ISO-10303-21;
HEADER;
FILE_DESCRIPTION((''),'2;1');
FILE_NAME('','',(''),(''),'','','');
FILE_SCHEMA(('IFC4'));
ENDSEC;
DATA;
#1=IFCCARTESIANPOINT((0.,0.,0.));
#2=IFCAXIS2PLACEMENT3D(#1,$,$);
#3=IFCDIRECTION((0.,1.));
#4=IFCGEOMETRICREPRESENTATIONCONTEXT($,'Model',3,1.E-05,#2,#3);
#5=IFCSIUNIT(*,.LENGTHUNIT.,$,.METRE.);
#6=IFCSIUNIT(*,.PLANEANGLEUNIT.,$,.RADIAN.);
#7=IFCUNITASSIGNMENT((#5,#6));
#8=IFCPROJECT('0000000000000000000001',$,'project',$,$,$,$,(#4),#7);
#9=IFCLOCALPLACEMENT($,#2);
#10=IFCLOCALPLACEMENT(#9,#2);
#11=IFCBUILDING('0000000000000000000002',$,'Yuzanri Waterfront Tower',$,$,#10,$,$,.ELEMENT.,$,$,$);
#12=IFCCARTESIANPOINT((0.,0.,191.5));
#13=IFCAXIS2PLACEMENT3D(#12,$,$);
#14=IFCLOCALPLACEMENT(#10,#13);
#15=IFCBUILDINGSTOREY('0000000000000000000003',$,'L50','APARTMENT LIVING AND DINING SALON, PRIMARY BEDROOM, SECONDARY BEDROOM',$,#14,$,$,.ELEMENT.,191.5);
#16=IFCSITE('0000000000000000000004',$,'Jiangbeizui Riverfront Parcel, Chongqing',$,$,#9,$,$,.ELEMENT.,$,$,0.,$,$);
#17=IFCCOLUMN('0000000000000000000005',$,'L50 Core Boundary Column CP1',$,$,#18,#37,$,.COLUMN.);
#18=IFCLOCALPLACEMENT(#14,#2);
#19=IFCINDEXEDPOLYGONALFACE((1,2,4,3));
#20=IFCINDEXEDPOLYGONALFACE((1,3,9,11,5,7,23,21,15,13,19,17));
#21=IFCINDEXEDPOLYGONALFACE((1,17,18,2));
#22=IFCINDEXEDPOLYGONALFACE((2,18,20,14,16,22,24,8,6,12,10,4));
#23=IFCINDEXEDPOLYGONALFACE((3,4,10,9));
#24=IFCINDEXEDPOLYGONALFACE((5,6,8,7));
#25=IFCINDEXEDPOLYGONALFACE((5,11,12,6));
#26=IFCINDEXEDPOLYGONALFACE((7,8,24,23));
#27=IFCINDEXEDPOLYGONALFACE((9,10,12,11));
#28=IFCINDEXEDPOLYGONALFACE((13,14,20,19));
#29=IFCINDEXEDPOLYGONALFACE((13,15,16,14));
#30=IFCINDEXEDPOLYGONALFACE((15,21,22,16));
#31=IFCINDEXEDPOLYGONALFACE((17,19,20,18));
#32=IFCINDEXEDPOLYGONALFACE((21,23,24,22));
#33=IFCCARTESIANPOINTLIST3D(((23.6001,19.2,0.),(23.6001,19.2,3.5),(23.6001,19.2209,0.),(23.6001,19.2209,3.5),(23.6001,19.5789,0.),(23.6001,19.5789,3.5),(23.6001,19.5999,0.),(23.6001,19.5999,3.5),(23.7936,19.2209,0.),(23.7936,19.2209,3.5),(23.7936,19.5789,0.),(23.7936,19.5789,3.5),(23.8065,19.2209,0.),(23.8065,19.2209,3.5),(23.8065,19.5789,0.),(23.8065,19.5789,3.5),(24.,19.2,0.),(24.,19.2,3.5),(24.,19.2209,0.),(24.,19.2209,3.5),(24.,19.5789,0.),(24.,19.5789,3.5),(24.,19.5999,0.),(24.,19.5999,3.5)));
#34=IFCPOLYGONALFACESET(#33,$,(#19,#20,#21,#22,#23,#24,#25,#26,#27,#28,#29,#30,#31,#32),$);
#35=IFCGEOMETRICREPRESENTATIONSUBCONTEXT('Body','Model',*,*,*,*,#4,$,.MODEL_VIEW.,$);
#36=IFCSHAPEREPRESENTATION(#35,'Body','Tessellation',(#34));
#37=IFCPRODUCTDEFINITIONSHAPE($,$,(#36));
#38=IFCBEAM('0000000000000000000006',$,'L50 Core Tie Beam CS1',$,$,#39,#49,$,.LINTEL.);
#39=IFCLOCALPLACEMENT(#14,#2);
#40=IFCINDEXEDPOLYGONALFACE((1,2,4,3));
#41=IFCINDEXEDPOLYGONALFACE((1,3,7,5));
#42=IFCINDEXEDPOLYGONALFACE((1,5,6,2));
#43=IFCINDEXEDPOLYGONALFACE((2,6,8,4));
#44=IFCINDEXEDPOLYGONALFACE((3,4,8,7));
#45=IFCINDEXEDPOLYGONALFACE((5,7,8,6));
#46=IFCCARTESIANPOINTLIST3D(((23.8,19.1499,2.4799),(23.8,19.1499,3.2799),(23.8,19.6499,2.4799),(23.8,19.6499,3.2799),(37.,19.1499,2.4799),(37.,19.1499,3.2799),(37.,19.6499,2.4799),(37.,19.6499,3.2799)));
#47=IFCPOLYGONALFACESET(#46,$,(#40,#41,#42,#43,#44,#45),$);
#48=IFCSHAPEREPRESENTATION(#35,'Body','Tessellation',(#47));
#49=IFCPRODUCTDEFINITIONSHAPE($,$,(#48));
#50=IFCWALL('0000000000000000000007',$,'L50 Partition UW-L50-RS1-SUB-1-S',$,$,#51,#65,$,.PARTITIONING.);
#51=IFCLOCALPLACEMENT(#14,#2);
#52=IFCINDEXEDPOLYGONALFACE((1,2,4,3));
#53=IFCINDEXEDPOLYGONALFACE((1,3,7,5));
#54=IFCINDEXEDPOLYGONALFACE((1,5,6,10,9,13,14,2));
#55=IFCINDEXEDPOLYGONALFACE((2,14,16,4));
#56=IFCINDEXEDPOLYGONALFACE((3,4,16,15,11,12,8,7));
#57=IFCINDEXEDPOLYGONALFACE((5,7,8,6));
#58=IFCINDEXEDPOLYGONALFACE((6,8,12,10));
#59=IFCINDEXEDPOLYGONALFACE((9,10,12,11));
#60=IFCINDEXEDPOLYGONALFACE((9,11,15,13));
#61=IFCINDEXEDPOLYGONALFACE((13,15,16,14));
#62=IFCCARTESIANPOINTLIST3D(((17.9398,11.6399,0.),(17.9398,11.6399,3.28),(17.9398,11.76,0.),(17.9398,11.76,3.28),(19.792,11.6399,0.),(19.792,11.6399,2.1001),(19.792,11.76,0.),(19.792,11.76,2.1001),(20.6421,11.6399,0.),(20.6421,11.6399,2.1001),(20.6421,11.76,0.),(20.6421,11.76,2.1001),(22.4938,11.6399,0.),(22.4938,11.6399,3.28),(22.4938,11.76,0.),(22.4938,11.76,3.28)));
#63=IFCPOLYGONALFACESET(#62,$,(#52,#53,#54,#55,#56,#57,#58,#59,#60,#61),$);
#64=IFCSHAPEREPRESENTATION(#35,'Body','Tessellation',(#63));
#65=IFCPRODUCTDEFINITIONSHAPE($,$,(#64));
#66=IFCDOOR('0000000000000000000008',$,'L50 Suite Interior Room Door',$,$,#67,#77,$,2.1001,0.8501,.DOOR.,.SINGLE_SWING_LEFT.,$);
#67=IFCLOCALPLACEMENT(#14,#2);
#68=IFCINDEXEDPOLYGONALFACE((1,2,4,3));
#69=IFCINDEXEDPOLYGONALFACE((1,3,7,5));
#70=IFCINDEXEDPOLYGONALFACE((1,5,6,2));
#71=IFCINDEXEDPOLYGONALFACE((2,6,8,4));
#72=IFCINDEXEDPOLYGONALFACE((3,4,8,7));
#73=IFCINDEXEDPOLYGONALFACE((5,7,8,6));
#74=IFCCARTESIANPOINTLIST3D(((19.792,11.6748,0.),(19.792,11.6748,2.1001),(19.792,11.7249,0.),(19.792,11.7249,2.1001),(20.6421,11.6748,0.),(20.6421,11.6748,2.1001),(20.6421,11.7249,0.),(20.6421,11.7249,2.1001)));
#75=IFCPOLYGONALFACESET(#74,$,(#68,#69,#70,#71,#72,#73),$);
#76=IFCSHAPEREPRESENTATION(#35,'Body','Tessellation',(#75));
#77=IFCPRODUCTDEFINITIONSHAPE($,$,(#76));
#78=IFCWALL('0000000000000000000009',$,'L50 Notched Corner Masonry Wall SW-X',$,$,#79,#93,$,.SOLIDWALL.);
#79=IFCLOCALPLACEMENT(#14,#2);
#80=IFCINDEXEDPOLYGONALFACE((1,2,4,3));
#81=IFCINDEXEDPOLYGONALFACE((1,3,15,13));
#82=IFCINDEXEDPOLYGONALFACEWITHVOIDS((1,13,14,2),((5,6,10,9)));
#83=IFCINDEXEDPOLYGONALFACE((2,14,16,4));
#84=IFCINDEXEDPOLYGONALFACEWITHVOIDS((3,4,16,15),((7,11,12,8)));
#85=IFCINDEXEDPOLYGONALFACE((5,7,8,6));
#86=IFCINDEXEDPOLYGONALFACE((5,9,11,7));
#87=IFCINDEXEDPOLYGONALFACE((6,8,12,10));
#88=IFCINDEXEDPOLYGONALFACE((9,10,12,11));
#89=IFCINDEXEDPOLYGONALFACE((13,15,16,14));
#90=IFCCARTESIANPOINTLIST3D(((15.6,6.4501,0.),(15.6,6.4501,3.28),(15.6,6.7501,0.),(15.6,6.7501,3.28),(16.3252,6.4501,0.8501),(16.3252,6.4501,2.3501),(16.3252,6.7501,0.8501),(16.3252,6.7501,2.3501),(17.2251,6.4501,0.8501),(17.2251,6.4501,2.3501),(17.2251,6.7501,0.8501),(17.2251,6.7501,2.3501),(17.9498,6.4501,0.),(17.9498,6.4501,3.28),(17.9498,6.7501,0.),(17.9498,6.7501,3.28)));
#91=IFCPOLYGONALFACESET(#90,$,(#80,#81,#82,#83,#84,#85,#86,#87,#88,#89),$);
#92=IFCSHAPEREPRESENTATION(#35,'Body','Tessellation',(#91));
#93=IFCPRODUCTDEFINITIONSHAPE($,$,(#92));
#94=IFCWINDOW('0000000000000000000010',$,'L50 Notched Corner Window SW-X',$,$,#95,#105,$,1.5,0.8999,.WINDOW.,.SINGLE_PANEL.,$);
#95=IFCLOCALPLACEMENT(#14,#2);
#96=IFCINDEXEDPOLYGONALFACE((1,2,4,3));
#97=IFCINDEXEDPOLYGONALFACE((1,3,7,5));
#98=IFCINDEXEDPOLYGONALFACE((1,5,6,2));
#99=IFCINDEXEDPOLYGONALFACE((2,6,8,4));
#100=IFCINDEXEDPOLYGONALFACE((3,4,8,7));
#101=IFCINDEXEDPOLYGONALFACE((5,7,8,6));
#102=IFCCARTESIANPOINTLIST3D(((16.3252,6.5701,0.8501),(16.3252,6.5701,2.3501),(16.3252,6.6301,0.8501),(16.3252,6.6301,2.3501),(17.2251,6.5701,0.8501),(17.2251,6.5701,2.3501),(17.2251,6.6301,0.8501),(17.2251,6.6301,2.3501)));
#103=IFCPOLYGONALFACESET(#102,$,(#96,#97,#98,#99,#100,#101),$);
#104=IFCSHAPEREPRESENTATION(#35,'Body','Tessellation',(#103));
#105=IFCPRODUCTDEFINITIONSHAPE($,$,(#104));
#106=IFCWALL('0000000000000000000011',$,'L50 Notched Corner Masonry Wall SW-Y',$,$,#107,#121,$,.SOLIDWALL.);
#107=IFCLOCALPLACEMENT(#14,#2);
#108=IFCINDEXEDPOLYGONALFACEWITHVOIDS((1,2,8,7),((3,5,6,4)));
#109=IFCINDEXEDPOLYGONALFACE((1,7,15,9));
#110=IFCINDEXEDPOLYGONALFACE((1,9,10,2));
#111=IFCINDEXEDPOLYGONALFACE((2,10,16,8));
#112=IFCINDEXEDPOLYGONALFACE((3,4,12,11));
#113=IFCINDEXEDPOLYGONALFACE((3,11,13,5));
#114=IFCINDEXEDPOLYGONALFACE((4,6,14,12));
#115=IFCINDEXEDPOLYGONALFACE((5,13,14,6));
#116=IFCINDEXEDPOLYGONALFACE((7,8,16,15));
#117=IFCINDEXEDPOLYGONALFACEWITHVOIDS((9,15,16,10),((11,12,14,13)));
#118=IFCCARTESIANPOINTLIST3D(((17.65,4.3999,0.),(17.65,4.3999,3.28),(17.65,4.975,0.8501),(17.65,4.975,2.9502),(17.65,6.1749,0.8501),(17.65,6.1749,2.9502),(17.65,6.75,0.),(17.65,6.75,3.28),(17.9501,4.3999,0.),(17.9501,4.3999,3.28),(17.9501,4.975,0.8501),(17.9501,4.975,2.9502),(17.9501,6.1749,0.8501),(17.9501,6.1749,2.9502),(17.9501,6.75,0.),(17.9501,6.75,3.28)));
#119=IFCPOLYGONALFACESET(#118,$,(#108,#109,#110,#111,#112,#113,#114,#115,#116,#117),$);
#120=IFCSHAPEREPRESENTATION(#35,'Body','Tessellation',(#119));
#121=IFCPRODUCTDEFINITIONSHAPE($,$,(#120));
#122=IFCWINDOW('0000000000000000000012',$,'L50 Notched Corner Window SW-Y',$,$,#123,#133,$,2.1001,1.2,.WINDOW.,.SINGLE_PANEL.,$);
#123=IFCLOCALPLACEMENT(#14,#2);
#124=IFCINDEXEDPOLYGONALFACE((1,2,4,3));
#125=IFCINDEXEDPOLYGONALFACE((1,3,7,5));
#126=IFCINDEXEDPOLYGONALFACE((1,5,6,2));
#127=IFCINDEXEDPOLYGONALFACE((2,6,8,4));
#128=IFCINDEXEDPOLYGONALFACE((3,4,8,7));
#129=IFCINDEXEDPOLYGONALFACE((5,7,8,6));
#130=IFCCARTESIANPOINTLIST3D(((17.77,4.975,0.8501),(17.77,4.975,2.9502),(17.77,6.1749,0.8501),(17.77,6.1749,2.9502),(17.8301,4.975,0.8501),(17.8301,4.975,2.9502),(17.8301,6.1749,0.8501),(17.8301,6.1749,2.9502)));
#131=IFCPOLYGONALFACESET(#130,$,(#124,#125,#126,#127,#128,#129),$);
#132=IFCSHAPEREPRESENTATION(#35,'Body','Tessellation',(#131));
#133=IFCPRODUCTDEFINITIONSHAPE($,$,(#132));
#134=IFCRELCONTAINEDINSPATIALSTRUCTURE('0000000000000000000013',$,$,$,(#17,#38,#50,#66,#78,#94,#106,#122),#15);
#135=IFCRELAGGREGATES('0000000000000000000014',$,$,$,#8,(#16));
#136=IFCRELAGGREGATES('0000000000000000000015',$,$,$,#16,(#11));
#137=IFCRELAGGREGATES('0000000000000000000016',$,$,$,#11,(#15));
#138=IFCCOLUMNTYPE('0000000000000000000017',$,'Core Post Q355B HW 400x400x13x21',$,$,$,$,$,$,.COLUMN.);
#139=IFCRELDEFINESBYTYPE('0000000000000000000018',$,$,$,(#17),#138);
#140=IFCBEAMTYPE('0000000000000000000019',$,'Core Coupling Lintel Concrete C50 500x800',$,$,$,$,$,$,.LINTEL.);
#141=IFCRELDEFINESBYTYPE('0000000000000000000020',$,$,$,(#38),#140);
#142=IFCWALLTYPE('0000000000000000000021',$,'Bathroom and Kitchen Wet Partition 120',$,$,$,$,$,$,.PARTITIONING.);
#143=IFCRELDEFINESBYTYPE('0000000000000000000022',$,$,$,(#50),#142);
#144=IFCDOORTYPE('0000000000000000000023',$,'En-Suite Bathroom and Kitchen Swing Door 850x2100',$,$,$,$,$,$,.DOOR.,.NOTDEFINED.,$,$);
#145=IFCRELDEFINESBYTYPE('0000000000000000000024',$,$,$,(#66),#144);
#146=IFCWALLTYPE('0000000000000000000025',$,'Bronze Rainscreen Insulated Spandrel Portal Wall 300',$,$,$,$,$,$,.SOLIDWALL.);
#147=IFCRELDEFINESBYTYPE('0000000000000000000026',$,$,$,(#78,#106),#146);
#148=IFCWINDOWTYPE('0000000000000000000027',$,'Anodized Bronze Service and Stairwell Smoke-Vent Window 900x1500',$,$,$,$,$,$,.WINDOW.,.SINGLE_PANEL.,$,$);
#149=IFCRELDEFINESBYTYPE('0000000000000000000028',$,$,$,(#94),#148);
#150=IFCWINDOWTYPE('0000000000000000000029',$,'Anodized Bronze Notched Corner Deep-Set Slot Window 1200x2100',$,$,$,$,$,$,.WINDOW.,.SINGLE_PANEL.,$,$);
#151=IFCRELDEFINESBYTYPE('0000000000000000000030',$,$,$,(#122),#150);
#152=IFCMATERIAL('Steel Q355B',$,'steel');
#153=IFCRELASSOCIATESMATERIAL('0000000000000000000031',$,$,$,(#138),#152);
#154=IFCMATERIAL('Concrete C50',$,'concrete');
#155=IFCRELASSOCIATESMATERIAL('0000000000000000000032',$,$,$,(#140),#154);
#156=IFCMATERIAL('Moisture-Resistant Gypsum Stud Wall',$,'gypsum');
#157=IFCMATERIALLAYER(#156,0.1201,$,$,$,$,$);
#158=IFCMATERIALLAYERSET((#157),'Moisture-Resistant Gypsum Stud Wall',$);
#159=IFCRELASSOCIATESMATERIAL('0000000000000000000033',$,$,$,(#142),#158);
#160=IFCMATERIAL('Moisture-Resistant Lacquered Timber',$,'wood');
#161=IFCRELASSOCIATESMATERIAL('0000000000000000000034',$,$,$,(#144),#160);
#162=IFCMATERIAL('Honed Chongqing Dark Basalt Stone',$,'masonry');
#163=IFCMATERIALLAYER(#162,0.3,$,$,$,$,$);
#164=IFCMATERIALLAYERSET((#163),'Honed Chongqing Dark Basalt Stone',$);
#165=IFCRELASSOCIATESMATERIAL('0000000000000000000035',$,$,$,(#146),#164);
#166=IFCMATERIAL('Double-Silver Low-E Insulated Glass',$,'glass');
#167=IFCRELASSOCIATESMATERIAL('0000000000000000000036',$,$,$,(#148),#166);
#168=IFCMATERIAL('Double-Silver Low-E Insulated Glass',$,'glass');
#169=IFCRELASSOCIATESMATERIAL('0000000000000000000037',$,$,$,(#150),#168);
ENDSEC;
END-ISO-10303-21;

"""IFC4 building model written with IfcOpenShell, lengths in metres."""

from ifc_helpers import new_model, si_unit, direction, frame, frame_2d, origin, origin_2d, place, context, subcontext, project, spatial, rectangle, i_section, extrude, source, transform, mapped, material, layer, layer_set, material_profile, profile_set, type_object, element, fill, save


model = new_model("IFC4")

# Units and contexts
model_context = context("Model", 3, precision=1e-05, world=origin(), true_north=direction((0.0, 1.0)))
body_context = subcontext(model_context, "Body", "Model", "MODEL_VIEW")
ifc_project = project(units=[si_unit("LENGTHUNIT", "METRE"), si_unit("PLANEANGLEUNIT", "RADIAN")], contexts=[model_context])

# Site, building, storey
site_placement = place(None, origin())
site = spatial("IfcSite", under=ifc_project, at=site_placement, Name="Jiangbeizui Riverfront Parcel, Chongqing", CompositionType="ELEMENT", RefElevation=0.0)
building_placement = place(site_placement, origin())
building = spatial("IfcBuilding", under=site, at=building_placement, Name="Yuzanri Waterfront Tower", CompositionType="ELEMENT")
storey_placement = place(building_placement, frame((0.0, 0.0, 191.5)))
storey = spatial("IfcBuildingStorey", under=building, at=storey_placement, Name="L50", Description="APARTMENT LIVING AND DINING SALON, PRIMARY BEDROOM, SECONDARY BEDROOM", CompositionType="ELEMENT", Elevation=191.5)

# Column
ifc_material_1 = material(Name="Steel Q355B", Category="steel")
ifc_material_profile_1 = material_profile(ifc_material_1, i_section(OverallWidth=0.3999, OverallDepth=0.3999, WebThickness=0.0129, FlangeThickness=0.021, at=origin_2d()), Name="HW 400x400x13x21")
ifc_profile_set_1 = profile_set([ifc_material_profile_1], Name="Steel Q355B")
column_type = type_object("IfcColumnType", Name="Core Post Q355B HW 400x400x13x21", PredefinedType="COLUMN", material=ifc_profile_set_1)
shared_shape_1 = source(origin(), body_context, "Body", "SweptSolid", [
    extrude(i_section(OverallWidth=0.3999, OverallDepth=0.3999, WebThickness=0.0129, FlangeThickness=0.021, at=origin_2d()), origin(), (0.0, 0.0, 1.0), 3.5),
])
column_placement = place(storey_placement, frame((23.8, 19.3999, 0.0), z_axis=(0.0, 0.0, 1.0), x_axis=(1.0, 0.0, 0.0)))
element("IfcColumn", 1, at=column_placement, inside=storey, type_object=column_type, Name="L50 Core Boundary Column CP1", PredefinedType="COLUMN", context=body_context, shape_type="MappedRepresentation", body=[
    mapped(shared_shape_1, transform((0.0, 0.0, 0.0), scale=1.0)),
])

# Beam
ifc_material_2 = material(Name="Concrete C50", Category="concrete")
ifc_material_profile_2 = material_profile(ifc_material_2, rectangle(XDim=0.5, YDim=0.8, at=origin_2d()), Name="RC 500x800")
ifc_profile_set_2 = profile_set([ifc_material_profile_2], Name="Concrete C50")
beam_type = type_object("IfcBeamType", Name="Core Coupling Lintel Concrete C50 500x800", PredefinedType="LINTEL", material=ifc_profile_set_2)
shared_shape_2 = source(origin(), body_context, "Body", "SweptSolid", [
    extrude(rectangle(XDim=0.5, YDim=0.8, at=origin_2d()), origin(), (0.0, 0.0, 1.0), 13.2),
])
beam_placement = place(storey_placement, frame((23.8, 19.3999, 2.8799), z_axis=(1.0, 0.0, 0.0), x_axis=(0.0, 1.0, 0.0)))
element("IfcBeam", 2, at=beam_placement, inside=storey, type_object=beam_type, Name="L50 Core Tie Beam CS1", PredefinedType="LINTEL", context=body_context, shape_type="MappedRepresentation", body=[
    mapped(shared_shape_2, transform((0.0, 0.0, 0.0), scale=1.0)),
])

# Wall, opening, door
ifc_material_3 = material(Name="Moisture-Resistant Gypsum Stud Wall", Category="gypsum")
ifc_layer_1 = layer(ifc_material_3, 0.1201)
ifc_layer_set_1 = layer_set([ifc_layer_1], Name="Moisture-Resistant Gypsum Stud Wall")
wall_type_1 = type_object("IfcWallType", Name="Bathroom and Kitchen Wet Partition 120", PredefinedType="PARTITIONING", material=ifc_layer_set_1)
wall_1_placement = place(storey_placement, frame((17.9399, 11.7, 0.0), z_axis=(0.0, 0.0, 1.0), x_axis=(1.0, 0.0, 0.0)))
wall_1 = element("IfcWall", 3, at=wall_1_placement, inside=storey, type_object=wall_type_1, Name="L50 Partition UW-L50-RS1-SUB-1-S", PredefinedType="PARTITIONING", context=body_context, shape_type="SweptSolid", body=[
    extrude(rectangle(XDim=4.554, YDim=0.1201, at=frame_2d((2.2769, 0.0))), origin(), (0.0, 0.0, 1.0), 3.28),
])
opening_1_placement = place(wall_1_placement, frame((1.8521, 0.0, 0.0)))
opening_1 = element("IfcOpeningElement", 4, at=opening_1_placement, cuts=wall_1, PredefinedType="OPENING", context=body_context, shape_type="SweptSolid", body=[
    extrude(rectangle(XDim=0.8501, YDim=2.1001, at=frame_2d((0.425, 1.05))), frame((0.0, 0.075, 0.0), z_axis=(0.0, -1.0, 0.0), x_axis=(1.0, 0.0, 0.0)), (0.0, 0.0, 1.0), 0.1499),
])
ifc_material_4 = material(Name="Moisture-Resistant Lacquered Timber", Category="wood")
door_type_1 = type_object("IfcDoorType", Name="En-Suite Bathroom and Kitchen Swing Door 850x2100", OperationType="NOTDEFINED", PredefinedType="DOOR", material=ifc_material_4)
shared_shape_3 = source(origin(), body_context, "Body", "SweptSolid", [
    extrude(rectangle(XDim=0.8501, YDim=2.1001, at=frame_2d((0.425, 1.05))), frame((0.0, 0.0249, 0.0), z_axis=(0.0, -1.0, 0.0), x_axis=(1.0, 0.0, 0.0)), (0.0, 0.0, 1.0), 0.05),
])
door_1_placement = place(opening_1_placement, origin())
door_1 = element("IfcDoor", 5, at=door_1_placement, inside=storey, type_object=door_type_1, Name="L50 Suite Interior Room Door", OperationType="SINGLE_SWING_LEFT", OverallHeight=2.1001, OverallWidth=0.8501, PredefinedType="DOOR", context=body_context, shape_type="MappedRepresentation", body=[
    mapped(shared_shape_3, transform((0.0, 0.0, 0.0), scale=1.0)),
])
fill(opening_1, door_1)

# Walls, openings, windows
ifc_material_5 = material(Name="Honed Chongqing Dark Basalt Stone", Category="masonry")
ifc_layer_2 = layer(ifc_material_5, 0.3)
ifc_layer_set_2 = layer_set([ifc_layer_2], Name="Honed Chongqing Dark Basalt Stone")
wall_type_2 = type_object("IfcWallType", Name="Bronze Rainscreen Insulated Spandrel Portal Wall 300", PredefinedType="SOLIDWALL", material=ifc_layer_set_2)
wall_2_placement = place(storey_placement, frame((15.6001, 6.6001, 0.0), z_axis=(0.0, 0.0, 1.0), x_axis=(1.0, 0.0, 0.0)))
wall_2 = element("IfcWall", 6, at=wall_2_placement, inside=storey, type_object=wall_type_2, Name="L50 Notched Corner Masonry Wall SW-X", PredefinedType="SOLIDWALL", context=body_context, shape_type="SweptSolid", body=[
    extrude(rectangle(XDim=2.3499, YDim=0.3, at=frame_2d((1.1748, 0.0))), origin(), (0.0, 0.0, 1.0), 3.28),
])
opening_2_placement = place(wall_2_placement, frame((0.7251, 0.0, 0.8501)))
opening_2 = element("IfcOpeningElement", 7, at=opening_2_placement, cuts=wall_2, PredefinedType="OPENING", context=body_context, shape_type="SweptSolid", body=[
    extrude(rectangle(XDim=0.8999, YDim=1.5, at=frame_2d((0.45, 0.75))), frame((0.0, 0.165, 0.0), z_axis=(0.0, -1.0, 0.0), x_axis=(1.0, 0.0, 0.0)), (0.0, 0.0, 1.0), 0.3298),
])
ifc_material_6 = material(Name="Double-Silver Low-E Insulated Glass", Category="glass")
window_type_1 = type_object("IfcWindowType", Name="Anodized Bronze Service and Stairwell Smoke-Vent Window 900x1500", PartitioningType="SINGLE_PANEL", PredefinedType="WINDOW", material=ifc_material_6)
shared_shape_4 = source(origin(), body_context, "Body", "SweptSolid", [
    extrude(rectangle(XDim=0.8999, YDim=1.5, at=frame_2d((0.45, 0.75))), frame((0.0, 0.03, 0.0), z_axis=(0.0, -1.0, 0.0), x_axis=(1.0, 0.0, 0.0)), (0.0, 0.0, 1.0), 0.0601),
])
window_1_placement = place(opening_2_placement, origin())
window_1 = element("IfcWindow", 8, at=window_1_placement, inside=storey, type_object=window_type_1, Name="L50 Notched Corner Window SW-X", OverallHeight=1.5, OverallWidth=0.8999, PartitioningType="SINGLE_PANEL", PredefinedType="WINDOW", context=body_context, shape_type="MappedRepresentation", body=[
    mapped(shared_shape_4, transform((0.0, 0.0, 0.0), scale=1.0)),
])
fill(opening_2, window_1)
wall_3_placement = place(storey_placement, frame((17.8, 6.75, 0.0), z_axis=(0.0, 0.0, 1.0), x_axis=(0.0, -1.0, 0.0)))
wall_3 = element("IfcWall", 9, at=wall_3_placement, inside=storey, type_object=wall_type_2, Name="L50 Notched Corner Masonry Wall SW-Y", PredefinedType="SOLIDWALL", context=body_context, shape_type="SweptSolid", body=[
    extrude(rectangle(XDim=2.3501, YDim=0.3, at=frame_2d((1.175, 0.0))), origin(), (0.0, 0.0, 1.0), 3.28),
])
opening_3_placement = place(wall_3_placement, frame((0.575, 0.0, 0.8501)))
opening_3 = element("IfcOpeningElement", 10, at=opening_3_placement, cuts=wall_3, PredefinedType="OPENING", context=body_context, shape_type="SweptSolid", body=[
    extrude(rectangle(XDim=1.2, YDim=2.1001, at=frame_2d((0.6001, 1.05))), frame((0.0, 0.165, 0.0), z_axis=(0.0, -1.0, 0.0), x_axis=(1.0, 0.0, 0.0)), (0.0, 0.0, 1.0), 0.3298),
])
ifc_material_7 = material(Name="Double-Silver Low-E Insulated Glass", Category="glass")
window_type_2 = type_object("IfcWindowType", Name="Anodized Bronze Notched Corner Deep-Set Slot Window 1200x2100", PartitioningType="SINGLE_PANEL", PredefinedType="WINDOW", material=ifc_material_7)
shared_shape_5 = source(origin(), body_context, "Body", "SweptSolid", [
    extrude(rectangle(XDim=1.2, YDim=2.1001, at=frame_2d((0.6001, 1.05))), frame((0.0, 0.03, 0.0), z_axis=(0.0, -1.0, 0.0), x_axis=(1.0, 0.0, 0.0)), (0.0, 0.0, 1.0), 0.0601),
])
window_2_placement = place(opening_3_placement, origin())
window_2 = element("IfcWindow", 11, at=window_2_placement, inside=storey, type_object=window_type_2, Name="L50 Notched Corner Window SW-Y", OverallHeight=2.1001, OverallWidth=1.2, PartitioningType="SINGLE_PANEL", PredefinedType="WINDOW", context=body_context, shape_type="MappedRepresentation", body=[
    mapped(shared_shape_5, transform((0.0, 0.0, 0.0), scale=1.0)),
])
fill(opening_3, window_2)

save(model, "model.ifc")
